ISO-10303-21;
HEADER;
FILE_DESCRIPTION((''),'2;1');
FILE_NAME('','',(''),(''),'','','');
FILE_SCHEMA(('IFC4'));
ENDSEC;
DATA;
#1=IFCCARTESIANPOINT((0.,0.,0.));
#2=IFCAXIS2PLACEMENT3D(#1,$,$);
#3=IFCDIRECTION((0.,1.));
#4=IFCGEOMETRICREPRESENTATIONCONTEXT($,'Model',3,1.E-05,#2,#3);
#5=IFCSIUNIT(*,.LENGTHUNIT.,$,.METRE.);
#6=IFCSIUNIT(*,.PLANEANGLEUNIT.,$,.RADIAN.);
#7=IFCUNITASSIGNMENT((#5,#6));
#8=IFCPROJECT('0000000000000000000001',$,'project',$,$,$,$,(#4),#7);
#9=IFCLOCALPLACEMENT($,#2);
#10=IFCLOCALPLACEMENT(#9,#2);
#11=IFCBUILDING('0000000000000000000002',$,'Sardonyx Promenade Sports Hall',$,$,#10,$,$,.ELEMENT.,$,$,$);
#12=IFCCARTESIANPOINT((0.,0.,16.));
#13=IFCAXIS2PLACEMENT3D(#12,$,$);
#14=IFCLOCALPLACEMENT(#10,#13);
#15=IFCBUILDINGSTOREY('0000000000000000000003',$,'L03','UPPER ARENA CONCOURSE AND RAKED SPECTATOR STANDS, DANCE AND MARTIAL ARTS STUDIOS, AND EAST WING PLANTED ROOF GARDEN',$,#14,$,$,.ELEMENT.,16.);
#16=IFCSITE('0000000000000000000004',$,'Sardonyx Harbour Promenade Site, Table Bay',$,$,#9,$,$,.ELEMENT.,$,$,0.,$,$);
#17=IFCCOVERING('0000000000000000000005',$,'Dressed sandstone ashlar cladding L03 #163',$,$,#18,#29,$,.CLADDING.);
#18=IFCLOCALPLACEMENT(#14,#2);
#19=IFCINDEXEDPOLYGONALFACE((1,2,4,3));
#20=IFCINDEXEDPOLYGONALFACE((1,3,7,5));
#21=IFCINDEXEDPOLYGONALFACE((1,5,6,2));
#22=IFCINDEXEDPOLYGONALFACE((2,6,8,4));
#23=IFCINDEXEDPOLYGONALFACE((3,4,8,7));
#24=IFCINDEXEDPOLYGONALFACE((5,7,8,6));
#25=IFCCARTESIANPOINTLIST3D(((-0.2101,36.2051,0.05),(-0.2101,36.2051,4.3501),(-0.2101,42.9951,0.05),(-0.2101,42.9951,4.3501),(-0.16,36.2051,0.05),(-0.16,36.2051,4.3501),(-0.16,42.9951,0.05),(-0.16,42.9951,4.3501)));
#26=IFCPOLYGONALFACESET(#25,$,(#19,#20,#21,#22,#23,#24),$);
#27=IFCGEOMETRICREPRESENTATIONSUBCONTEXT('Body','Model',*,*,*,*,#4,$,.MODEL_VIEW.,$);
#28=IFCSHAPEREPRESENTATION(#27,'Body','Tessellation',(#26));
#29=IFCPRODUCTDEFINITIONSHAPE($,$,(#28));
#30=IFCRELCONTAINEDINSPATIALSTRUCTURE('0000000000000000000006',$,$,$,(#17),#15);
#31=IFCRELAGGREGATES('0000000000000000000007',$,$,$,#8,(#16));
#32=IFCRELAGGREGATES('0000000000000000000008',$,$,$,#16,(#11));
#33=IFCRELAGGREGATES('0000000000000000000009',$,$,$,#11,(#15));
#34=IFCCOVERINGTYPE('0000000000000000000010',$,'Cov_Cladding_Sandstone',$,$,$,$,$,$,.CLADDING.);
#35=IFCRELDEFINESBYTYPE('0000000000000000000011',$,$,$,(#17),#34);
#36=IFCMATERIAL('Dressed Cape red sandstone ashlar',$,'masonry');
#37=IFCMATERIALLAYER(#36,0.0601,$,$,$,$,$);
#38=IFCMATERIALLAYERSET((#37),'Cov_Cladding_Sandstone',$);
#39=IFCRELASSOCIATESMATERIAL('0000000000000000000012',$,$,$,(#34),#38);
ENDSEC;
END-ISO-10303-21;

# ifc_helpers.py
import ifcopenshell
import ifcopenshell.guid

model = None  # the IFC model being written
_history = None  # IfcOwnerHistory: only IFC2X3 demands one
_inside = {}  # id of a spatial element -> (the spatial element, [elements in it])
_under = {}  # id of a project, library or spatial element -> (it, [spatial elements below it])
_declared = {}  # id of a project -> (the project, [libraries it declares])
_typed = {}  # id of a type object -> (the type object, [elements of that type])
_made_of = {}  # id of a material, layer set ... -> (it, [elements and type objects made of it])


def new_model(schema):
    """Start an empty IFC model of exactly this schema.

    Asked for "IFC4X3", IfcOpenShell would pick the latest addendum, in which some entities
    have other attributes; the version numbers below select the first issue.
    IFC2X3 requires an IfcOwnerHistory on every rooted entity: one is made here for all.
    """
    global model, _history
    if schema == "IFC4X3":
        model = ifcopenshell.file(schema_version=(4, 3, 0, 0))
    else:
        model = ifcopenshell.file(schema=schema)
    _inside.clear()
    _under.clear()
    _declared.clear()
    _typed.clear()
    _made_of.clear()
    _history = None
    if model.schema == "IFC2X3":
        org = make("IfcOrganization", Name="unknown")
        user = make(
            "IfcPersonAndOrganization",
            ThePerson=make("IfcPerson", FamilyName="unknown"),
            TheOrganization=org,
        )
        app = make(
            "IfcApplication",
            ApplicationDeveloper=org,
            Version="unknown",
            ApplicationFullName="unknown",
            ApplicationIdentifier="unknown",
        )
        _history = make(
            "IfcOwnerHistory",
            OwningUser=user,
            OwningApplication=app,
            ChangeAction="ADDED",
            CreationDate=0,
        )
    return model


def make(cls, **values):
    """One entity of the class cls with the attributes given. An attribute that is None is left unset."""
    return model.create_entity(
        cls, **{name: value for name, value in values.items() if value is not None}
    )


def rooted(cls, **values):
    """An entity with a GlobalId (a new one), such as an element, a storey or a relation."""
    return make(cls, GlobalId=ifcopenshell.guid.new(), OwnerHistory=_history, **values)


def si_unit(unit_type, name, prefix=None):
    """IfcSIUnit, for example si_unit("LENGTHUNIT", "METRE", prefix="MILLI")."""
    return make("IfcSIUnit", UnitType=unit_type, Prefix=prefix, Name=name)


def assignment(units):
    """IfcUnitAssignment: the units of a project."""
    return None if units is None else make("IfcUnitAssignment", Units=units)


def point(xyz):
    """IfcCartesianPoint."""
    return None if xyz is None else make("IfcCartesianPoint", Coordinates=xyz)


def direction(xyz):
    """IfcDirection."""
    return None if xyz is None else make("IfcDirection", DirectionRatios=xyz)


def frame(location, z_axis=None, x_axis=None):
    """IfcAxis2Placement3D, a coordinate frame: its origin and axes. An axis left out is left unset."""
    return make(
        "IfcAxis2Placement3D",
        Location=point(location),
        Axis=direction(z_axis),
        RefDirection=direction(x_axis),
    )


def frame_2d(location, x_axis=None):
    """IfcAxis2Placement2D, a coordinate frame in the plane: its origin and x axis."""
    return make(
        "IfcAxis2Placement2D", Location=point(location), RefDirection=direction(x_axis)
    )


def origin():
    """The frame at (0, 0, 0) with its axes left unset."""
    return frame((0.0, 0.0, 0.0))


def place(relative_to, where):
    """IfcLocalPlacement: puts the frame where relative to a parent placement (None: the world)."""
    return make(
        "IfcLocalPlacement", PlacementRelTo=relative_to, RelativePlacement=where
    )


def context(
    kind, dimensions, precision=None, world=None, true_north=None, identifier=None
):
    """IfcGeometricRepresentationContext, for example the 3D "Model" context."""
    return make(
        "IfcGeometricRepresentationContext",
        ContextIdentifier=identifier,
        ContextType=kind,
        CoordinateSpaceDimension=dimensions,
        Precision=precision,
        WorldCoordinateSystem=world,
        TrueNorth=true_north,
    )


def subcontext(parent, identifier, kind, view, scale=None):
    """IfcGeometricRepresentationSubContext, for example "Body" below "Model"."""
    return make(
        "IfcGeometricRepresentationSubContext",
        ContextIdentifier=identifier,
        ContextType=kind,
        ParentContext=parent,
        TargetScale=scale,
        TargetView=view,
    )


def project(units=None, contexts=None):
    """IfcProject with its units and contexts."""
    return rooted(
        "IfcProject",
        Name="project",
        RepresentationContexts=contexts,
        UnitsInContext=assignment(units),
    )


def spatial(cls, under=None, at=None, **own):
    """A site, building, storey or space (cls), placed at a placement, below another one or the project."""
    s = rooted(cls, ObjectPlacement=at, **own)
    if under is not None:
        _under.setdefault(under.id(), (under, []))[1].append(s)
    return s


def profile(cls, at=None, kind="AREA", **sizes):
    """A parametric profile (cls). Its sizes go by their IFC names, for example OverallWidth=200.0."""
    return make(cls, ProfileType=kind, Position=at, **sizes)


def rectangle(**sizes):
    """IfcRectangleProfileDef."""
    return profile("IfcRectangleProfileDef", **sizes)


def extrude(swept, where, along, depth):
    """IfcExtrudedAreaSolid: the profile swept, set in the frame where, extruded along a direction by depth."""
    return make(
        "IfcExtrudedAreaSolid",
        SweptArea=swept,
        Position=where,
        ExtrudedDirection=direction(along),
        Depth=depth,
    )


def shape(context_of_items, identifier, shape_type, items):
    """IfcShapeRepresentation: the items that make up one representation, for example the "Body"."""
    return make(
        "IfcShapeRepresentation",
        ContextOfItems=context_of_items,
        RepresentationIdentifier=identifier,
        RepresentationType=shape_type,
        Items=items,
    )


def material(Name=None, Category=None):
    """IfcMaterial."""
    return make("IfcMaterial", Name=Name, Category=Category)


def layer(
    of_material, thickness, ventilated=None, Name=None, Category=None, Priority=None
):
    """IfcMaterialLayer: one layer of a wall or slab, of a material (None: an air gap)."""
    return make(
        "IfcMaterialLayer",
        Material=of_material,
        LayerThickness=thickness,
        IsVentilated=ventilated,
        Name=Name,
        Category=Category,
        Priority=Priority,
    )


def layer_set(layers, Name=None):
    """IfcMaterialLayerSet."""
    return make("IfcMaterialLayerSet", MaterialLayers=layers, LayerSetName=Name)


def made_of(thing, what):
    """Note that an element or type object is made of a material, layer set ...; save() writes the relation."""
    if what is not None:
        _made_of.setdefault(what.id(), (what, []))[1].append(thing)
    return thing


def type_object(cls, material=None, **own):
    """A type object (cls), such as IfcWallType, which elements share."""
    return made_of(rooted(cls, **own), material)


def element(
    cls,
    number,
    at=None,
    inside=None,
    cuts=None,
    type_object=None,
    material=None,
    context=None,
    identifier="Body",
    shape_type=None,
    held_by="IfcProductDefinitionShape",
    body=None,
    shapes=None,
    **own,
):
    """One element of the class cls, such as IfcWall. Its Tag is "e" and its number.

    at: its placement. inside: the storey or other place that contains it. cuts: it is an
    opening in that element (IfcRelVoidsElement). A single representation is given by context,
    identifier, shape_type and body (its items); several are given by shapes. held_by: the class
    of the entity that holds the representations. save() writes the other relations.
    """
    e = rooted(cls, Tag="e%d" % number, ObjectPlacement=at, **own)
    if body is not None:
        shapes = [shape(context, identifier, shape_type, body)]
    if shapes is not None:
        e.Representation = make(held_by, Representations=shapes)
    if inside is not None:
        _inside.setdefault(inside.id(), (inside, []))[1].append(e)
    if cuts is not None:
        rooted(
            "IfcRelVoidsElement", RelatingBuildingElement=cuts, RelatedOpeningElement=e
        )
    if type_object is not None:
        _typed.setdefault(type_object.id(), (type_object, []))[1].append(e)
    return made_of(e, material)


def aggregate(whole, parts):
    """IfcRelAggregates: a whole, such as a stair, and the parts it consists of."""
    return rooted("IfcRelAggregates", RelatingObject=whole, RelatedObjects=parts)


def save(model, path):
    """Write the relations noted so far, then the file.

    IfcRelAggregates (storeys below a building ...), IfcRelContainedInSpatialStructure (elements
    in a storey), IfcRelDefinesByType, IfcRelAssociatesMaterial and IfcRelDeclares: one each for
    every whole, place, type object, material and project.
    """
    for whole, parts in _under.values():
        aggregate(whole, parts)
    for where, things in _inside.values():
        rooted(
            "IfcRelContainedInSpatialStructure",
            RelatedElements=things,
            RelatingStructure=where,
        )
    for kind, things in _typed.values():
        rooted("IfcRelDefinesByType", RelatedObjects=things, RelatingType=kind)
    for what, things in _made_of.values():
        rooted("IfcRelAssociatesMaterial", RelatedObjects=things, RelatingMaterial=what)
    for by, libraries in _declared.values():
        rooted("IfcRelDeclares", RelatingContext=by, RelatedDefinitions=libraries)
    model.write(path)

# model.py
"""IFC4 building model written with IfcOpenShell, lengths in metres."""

from ifc_helpers import new_model, si_unit, direction, frame, frame_2d, origin, place, context, subcontext, project, spatial, rectangle, extrude, material, layer, layer_set, type_object, element, save


model = new_model("IFC4")

# Units and contexts
model_context = context("Model", 3, precision=1e-05, world=origin(), true_north=direction((0.0, 1.0)))
body_context = subcontext(model_context, "Body", "Model", "MODEL_VIEW")
ifc_project = project(units=[si_unit("LENGTHUNIT", "METRE"), si_unit("PLANEANGLEUNIT", "RADIAN")], contexts=[model_context])

# Site, building, storey
site_placement = place(None, origin())
site = spatial("IfcSite", under=ifc_project, at=site_placement, Name="Sardonyx Harbour Promenade Site, Table Bay", CompositionType="ELEMENT", RefElevation=0.0)
building_placement = place(site_placement, origin())
building = spatial("IfcBuilding", under=site, at=building_placement, Name="Sardonyx Promenade Sports Hall", CompositionType="ELEMENT")
storey_placement = place(building_placement, frame((0.0, 0.0, 16.0)))
storey = spatial("IfcBuildingStorey", under=building, at=storey_placement, Name="L03", Description="UPPER ARENA CONCOURSE AND RAKED SPECTATOR STANDS, DANCE AND MARTIAL ARTS STUDIOS, AND EAST WING PLANTED ROOF GARDEN", CompositionType="ELEMENT", Elevation=16.0)

# Covering
ifc_material_1 = material(Name="Dressed Cape red sandstone ashlar", Category="masonry")
ifc_layer_1 = layer(ifc_material_1, 0.0601)
ifc_layer_set_1 = layer_set([ifc_layer_1], Name="Cov_Cladding_Sandstone")
covering_type = type_object("IfcCoveringType", Name="Cov_Cladding_Sandstone", PredefinedType="CLADDING", material=ifc_layer_set_1)
covering_placement = place(storey_placement, frame((-0.1851, 36.2051, 0.05), z_axis=(0.0, 0.0, 1.0), x_axis=(0.0, 1.0, 0.0)))
element("IfcCovering", 1, at=covering_placement, inside=storey, type_object=covering_type, Name="Dressed sandstone ashlar cladding L03 #163", PredefinedType="CLADDING", context=body_context, shape_type="SweptSolid", body=[
    extrude(rectangle(XDim=6.79, YDim=0.05, at=frame_2d((3.395, 0.0))), origin(), (0.0, 0.0, 1.0), 4.3),
])

save(model, "model.ifc")
